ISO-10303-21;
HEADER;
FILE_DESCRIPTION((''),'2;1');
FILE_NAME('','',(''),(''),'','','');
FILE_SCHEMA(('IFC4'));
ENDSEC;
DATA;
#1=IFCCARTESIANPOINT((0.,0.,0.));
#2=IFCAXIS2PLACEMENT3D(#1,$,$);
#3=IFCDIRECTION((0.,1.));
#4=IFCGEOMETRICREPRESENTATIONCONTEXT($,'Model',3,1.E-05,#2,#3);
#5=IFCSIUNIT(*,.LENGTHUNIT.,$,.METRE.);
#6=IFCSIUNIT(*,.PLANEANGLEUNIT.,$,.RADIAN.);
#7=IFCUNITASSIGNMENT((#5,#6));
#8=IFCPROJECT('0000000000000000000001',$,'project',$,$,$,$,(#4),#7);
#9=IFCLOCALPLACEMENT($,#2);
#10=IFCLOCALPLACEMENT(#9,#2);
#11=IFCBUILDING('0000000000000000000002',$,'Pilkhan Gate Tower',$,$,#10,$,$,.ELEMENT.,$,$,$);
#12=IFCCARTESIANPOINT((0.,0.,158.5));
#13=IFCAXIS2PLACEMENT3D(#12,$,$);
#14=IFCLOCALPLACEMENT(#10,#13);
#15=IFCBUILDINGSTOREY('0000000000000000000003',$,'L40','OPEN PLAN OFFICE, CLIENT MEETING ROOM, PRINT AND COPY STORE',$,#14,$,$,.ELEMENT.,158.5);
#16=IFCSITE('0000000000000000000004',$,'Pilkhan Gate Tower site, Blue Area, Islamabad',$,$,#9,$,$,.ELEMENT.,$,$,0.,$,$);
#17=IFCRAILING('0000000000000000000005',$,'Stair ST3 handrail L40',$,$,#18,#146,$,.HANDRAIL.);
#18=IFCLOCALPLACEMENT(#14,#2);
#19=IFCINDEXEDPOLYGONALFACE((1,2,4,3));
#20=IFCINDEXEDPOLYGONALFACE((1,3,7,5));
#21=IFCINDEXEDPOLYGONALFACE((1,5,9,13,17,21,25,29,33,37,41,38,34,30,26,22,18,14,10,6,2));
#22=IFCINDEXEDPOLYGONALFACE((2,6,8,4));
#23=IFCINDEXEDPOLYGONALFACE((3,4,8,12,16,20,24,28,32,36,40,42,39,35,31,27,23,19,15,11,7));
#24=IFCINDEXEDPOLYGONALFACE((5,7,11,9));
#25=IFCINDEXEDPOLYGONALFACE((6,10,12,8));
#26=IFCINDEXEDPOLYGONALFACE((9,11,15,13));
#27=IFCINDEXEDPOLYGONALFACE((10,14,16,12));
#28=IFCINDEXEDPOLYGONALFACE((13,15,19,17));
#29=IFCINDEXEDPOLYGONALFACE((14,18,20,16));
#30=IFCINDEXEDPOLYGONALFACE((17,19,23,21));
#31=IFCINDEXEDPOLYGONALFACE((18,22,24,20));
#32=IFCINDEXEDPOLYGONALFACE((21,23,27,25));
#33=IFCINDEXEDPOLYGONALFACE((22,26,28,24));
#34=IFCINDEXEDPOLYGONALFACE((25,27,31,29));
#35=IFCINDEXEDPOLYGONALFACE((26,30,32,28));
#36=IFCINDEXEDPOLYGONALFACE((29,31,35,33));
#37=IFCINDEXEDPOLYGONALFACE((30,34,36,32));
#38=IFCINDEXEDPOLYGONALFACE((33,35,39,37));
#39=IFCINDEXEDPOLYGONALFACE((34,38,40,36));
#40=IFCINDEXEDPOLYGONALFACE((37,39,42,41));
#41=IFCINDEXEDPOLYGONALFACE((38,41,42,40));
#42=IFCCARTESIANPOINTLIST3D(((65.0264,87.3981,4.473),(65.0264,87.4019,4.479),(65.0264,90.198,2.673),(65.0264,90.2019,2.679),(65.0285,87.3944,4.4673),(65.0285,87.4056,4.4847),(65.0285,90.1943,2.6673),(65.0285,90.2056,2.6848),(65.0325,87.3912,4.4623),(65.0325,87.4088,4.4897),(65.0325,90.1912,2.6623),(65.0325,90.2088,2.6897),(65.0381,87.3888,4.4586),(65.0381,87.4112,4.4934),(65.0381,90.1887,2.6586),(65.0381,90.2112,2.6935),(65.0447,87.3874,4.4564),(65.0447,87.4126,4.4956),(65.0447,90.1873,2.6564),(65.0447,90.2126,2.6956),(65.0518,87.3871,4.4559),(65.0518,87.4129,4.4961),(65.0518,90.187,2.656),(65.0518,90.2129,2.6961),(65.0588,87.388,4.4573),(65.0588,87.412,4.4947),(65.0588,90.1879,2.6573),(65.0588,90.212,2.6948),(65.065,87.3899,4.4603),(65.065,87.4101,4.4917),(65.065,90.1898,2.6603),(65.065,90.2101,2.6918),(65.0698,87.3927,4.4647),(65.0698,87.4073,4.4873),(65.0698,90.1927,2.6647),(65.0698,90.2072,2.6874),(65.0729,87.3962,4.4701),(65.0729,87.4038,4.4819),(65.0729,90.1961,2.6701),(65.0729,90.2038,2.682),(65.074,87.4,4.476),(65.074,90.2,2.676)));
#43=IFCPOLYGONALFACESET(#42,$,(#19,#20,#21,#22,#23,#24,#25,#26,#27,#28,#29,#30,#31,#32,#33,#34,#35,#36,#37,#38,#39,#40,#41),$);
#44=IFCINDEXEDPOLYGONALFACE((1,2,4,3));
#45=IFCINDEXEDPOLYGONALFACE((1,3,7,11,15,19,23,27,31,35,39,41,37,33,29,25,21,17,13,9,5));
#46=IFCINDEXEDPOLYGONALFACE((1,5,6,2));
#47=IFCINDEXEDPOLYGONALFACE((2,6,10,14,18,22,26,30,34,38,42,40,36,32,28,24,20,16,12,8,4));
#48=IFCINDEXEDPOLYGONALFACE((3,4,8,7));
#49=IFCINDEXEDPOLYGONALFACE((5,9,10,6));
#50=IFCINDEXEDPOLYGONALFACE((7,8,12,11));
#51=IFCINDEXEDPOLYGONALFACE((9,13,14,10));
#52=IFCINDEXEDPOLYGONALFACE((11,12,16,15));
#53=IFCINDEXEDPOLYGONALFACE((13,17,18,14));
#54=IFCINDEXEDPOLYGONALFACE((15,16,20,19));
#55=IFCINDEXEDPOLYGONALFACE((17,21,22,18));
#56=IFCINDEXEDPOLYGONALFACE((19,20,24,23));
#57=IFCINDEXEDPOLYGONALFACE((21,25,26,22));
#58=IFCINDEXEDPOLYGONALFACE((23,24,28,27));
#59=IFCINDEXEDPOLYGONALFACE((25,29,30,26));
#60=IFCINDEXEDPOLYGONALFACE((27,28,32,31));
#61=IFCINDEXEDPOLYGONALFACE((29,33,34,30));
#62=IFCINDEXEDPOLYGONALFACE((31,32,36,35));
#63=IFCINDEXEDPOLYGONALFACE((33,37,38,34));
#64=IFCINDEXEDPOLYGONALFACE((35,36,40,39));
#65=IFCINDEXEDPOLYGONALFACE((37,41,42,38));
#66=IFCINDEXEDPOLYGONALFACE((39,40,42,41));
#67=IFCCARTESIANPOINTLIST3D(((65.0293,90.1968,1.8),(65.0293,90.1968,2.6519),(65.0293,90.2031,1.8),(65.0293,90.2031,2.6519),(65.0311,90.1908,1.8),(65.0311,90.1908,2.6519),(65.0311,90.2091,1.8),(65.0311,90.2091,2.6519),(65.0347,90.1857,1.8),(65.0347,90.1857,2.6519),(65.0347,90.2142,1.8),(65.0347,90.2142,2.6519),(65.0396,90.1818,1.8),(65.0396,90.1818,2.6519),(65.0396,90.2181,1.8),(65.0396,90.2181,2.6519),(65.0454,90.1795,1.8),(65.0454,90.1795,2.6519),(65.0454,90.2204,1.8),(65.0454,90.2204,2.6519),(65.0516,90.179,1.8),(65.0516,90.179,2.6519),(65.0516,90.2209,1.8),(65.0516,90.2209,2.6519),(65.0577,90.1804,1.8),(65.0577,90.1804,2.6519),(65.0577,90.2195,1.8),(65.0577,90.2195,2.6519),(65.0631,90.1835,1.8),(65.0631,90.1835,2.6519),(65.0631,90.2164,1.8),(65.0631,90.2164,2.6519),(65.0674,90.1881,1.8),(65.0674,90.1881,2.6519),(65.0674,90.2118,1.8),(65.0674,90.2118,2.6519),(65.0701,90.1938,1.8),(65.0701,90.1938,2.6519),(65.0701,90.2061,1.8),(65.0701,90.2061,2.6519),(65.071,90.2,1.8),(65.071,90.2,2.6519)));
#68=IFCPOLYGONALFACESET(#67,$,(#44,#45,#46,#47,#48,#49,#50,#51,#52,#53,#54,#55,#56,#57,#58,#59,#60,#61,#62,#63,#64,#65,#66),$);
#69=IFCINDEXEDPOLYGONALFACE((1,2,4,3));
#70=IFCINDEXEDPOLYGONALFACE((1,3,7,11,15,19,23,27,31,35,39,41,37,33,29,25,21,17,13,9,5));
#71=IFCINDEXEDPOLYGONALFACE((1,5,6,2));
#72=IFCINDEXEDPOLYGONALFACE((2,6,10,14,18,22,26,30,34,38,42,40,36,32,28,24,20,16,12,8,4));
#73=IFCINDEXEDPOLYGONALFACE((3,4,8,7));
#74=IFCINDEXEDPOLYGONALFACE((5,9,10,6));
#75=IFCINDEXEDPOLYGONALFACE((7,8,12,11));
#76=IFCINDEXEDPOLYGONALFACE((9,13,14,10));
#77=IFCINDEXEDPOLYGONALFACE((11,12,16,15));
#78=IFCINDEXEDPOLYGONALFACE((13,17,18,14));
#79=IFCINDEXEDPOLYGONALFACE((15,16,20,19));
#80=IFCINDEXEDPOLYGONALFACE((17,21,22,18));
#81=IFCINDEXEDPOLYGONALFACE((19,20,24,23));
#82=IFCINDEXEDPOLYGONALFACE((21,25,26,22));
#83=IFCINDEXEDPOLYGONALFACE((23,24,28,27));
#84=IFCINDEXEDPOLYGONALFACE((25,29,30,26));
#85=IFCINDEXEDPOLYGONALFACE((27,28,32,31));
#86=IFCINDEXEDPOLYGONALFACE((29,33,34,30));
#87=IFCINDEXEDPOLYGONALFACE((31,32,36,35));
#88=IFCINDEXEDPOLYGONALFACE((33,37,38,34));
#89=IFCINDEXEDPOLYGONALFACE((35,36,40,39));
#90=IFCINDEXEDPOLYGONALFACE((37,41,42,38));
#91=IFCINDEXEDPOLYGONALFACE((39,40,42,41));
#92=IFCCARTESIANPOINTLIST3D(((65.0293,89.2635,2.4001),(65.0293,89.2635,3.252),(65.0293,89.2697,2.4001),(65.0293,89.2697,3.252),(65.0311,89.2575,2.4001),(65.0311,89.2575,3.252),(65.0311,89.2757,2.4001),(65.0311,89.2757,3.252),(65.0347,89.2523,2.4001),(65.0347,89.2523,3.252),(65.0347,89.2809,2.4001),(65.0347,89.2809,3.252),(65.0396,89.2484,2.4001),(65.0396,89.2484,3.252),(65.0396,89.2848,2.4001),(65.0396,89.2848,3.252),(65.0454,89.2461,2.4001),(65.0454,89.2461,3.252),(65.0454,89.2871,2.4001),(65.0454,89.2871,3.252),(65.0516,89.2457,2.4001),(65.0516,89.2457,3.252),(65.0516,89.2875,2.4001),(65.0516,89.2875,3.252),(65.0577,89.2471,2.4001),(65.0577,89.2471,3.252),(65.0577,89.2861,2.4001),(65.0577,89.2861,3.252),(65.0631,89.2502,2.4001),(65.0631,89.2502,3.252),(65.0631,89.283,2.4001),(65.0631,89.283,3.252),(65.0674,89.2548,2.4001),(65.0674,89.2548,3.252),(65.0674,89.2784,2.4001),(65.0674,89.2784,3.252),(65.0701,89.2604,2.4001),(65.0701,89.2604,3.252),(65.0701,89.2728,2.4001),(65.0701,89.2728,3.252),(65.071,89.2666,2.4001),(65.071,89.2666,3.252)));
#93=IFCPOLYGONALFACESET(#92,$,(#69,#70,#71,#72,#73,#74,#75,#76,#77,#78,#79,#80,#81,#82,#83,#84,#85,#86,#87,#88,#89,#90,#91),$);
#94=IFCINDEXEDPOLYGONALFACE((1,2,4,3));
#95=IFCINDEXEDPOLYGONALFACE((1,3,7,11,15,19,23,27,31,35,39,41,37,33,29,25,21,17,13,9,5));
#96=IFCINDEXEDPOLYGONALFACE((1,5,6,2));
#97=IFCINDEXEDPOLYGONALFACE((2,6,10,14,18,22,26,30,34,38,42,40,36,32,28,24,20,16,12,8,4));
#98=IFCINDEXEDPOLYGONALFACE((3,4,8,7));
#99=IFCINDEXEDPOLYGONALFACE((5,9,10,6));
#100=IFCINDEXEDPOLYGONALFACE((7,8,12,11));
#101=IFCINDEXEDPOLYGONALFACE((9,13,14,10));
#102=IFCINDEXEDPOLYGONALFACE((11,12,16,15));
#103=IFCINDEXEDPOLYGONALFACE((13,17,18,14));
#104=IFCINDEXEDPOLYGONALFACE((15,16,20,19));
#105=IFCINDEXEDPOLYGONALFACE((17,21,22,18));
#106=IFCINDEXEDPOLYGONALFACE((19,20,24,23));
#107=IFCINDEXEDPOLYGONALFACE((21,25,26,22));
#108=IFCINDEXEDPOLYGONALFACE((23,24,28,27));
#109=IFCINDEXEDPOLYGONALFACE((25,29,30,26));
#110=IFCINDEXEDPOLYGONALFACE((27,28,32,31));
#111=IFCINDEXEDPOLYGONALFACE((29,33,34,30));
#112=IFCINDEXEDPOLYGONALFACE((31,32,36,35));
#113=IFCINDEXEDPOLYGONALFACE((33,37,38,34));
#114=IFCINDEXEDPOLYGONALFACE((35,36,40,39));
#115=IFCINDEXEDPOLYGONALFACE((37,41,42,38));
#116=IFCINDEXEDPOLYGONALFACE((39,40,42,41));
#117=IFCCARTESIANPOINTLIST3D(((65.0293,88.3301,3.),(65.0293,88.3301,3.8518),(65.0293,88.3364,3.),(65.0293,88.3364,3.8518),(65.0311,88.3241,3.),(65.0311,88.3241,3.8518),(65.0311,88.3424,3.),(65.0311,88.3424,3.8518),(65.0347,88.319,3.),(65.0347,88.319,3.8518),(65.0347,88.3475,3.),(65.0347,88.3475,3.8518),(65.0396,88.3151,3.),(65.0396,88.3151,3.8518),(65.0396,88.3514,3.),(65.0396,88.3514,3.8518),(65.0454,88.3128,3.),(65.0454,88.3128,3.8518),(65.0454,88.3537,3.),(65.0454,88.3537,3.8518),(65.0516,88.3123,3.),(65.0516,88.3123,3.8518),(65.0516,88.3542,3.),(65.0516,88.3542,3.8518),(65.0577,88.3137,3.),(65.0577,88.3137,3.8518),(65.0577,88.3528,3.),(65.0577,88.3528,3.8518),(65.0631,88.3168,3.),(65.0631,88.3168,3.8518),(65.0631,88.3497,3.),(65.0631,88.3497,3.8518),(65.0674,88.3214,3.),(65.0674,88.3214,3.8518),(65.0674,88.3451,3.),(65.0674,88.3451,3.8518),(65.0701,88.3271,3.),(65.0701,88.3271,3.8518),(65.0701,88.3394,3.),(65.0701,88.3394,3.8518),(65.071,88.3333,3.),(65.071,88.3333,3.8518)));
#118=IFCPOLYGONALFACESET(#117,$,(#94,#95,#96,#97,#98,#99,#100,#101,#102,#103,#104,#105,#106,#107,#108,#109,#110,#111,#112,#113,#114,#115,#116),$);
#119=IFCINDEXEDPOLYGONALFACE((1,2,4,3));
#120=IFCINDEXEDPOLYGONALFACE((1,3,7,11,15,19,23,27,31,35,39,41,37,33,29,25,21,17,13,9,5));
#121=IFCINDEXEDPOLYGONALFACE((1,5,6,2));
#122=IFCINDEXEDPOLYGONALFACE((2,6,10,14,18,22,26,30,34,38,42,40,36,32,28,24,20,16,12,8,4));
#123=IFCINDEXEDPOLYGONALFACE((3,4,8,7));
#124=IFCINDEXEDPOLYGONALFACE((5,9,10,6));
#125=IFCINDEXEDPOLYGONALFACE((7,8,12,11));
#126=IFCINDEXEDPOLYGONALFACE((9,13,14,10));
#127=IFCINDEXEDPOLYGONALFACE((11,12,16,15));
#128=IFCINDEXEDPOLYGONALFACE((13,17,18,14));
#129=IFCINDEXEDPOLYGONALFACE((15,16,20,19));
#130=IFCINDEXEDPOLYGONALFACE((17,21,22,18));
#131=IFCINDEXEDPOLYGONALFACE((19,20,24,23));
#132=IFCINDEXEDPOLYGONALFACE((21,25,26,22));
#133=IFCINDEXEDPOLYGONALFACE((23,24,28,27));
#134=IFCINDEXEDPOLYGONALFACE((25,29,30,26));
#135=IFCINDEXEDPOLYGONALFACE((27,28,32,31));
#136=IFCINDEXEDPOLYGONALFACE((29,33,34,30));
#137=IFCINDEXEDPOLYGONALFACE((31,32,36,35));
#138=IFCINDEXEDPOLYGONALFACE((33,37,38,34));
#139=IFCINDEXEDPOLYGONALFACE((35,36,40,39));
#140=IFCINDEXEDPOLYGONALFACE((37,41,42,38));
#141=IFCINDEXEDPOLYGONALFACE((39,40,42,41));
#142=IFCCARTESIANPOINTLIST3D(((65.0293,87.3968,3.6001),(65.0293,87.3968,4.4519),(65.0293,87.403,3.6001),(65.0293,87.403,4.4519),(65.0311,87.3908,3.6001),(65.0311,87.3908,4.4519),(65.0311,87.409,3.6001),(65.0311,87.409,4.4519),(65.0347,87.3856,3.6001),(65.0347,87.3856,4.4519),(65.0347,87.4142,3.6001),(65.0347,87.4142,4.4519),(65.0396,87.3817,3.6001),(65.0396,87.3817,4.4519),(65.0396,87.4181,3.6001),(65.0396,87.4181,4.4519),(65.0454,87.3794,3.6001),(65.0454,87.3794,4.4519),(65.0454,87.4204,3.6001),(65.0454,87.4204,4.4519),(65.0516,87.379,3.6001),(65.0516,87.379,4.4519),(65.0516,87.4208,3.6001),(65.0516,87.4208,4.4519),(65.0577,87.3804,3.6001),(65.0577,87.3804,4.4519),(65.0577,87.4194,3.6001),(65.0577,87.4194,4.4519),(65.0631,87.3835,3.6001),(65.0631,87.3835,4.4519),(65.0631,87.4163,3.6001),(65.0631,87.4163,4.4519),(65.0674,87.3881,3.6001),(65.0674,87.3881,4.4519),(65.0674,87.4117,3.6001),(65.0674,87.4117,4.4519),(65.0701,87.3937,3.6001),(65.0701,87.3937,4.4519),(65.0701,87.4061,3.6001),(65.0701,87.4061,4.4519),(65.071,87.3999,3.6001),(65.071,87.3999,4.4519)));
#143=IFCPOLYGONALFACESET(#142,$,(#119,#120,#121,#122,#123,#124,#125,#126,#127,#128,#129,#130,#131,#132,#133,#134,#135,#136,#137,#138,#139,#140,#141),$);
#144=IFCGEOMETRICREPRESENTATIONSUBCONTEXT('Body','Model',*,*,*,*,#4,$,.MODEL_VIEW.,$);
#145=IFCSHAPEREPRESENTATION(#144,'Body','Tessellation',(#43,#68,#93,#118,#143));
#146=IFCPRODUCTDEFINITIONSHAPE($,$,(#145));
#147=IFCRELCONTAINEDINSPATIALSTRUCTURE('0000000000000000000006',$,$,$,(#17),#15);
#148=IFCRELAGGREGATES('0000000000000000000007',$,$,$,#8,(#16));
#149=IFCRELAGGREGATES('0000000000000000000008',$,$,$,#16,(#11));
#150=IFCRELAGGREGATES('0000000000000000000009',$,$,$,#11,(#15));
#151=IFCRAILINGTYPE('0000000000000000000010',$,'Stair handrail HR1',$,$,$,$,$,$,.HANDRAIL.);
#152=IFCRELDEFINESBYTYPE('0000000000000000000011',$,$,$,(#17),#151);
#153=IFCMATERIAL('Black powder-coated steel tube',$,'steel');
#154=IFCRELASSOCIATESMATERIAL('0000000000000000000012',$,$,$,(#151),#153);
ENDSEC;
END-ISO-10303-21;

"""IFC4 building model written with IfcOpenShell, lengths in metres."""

from ifc_helpers import new_model, si_unit, direction, frame, origin, origin_2d, place, context, subcontext, project, spatial, circle, extrude, material, type_object, element, save


model = new_model("IFC4")

# Units and contexts
model_context = context("Model", 3, precision=1e-05, world=origin(), true_north=direction((0.0, 1.0)))
body_context = subcontext(model_context, "Body", "Model", "MODEL_VIEW")
ifc_project = project(units=[si_unit("LENGTHUNIT", "METRE"), si_unit("PLANEANGLEUNIT", "RADIAN")], contexts=[model_context])

# Site, building, storey
site_placement = place(None, origin())
site = spatial("IfcSite", under=ifc_project, at=site_placement, Name="Pilkhan Gate Tower site, Blue Area, Islamabad", CompositionType="ELEMENT", RefElevation=0.0)
building_placement = place(site_placement, origin())
building = spatial("IfcBuilding", under=site, at=building_placement, Name="Pilkhan Gate Tower", CompositionType="ELEMENT")
storey_placement = place(building_placement, frame((0.0, 0.0, 158.5)))
storey = spatial("IfcBuildingStorey", under=building, at=storey_placement, Name="L40", Description="OPEN PLAN OFFICE, CLIENT MEETING ROOM, PRINT AND COPY STORE", CompositionType="ELEMENT", Elevation=158.5)

# Railing
ifc_material_1 = material(Name="Black powder-coated steel tube", Category="steel")
railing_type_1 = type_object("IfcRailingType", Name="Stair handrail HR1", PredefinedType="HANDRAIL", material=ifc_material_1)
railing_1_placement = place(storey_placement, frame((65.05, 90.2, 1.8)))
element("IfcRailing", 1, at=railing_1_placement, inside=storey, type_object=railing_type_1, Name="Stair ST3 handrail L40", PredefinedType="HANDRAIL", context=body_context, shape_type="SweptSolid", body=[
    extrude(circle(Radius=0.0239, at=origin_2d()), frame((0.0, 0.0, 0.876), z_axis=(0.0, -0.841176, 0.540761), x_axis=(1.0, 0.0, 0.0)), (0.0, 0.0, 1.0), 3.3286),
    extrude(circle(Radius=0.021, at=origin_2d()), origin(), (0.0, 0.0, 1.0), 0.8518),
    extrude(circle(Radius=0.021, at=origin_2d()), frame((0.0, -0.9333, 0.6001)), (0.0, 0.0, 1.0), 0.8518),
    extrude(circle(Radius=0.021, at=origin_2d()), frame((0.0, -1.8667, 1.2)), (0.0, 0.0, 1.0), 0.8518),
    extrude(circle(Radius=0.021, at=origin_2d()), frame((0.0, -2.8, 1.8)), (0.0, 0.0, 1.0), 0.8518),
])

save(model, "model.ifc")
